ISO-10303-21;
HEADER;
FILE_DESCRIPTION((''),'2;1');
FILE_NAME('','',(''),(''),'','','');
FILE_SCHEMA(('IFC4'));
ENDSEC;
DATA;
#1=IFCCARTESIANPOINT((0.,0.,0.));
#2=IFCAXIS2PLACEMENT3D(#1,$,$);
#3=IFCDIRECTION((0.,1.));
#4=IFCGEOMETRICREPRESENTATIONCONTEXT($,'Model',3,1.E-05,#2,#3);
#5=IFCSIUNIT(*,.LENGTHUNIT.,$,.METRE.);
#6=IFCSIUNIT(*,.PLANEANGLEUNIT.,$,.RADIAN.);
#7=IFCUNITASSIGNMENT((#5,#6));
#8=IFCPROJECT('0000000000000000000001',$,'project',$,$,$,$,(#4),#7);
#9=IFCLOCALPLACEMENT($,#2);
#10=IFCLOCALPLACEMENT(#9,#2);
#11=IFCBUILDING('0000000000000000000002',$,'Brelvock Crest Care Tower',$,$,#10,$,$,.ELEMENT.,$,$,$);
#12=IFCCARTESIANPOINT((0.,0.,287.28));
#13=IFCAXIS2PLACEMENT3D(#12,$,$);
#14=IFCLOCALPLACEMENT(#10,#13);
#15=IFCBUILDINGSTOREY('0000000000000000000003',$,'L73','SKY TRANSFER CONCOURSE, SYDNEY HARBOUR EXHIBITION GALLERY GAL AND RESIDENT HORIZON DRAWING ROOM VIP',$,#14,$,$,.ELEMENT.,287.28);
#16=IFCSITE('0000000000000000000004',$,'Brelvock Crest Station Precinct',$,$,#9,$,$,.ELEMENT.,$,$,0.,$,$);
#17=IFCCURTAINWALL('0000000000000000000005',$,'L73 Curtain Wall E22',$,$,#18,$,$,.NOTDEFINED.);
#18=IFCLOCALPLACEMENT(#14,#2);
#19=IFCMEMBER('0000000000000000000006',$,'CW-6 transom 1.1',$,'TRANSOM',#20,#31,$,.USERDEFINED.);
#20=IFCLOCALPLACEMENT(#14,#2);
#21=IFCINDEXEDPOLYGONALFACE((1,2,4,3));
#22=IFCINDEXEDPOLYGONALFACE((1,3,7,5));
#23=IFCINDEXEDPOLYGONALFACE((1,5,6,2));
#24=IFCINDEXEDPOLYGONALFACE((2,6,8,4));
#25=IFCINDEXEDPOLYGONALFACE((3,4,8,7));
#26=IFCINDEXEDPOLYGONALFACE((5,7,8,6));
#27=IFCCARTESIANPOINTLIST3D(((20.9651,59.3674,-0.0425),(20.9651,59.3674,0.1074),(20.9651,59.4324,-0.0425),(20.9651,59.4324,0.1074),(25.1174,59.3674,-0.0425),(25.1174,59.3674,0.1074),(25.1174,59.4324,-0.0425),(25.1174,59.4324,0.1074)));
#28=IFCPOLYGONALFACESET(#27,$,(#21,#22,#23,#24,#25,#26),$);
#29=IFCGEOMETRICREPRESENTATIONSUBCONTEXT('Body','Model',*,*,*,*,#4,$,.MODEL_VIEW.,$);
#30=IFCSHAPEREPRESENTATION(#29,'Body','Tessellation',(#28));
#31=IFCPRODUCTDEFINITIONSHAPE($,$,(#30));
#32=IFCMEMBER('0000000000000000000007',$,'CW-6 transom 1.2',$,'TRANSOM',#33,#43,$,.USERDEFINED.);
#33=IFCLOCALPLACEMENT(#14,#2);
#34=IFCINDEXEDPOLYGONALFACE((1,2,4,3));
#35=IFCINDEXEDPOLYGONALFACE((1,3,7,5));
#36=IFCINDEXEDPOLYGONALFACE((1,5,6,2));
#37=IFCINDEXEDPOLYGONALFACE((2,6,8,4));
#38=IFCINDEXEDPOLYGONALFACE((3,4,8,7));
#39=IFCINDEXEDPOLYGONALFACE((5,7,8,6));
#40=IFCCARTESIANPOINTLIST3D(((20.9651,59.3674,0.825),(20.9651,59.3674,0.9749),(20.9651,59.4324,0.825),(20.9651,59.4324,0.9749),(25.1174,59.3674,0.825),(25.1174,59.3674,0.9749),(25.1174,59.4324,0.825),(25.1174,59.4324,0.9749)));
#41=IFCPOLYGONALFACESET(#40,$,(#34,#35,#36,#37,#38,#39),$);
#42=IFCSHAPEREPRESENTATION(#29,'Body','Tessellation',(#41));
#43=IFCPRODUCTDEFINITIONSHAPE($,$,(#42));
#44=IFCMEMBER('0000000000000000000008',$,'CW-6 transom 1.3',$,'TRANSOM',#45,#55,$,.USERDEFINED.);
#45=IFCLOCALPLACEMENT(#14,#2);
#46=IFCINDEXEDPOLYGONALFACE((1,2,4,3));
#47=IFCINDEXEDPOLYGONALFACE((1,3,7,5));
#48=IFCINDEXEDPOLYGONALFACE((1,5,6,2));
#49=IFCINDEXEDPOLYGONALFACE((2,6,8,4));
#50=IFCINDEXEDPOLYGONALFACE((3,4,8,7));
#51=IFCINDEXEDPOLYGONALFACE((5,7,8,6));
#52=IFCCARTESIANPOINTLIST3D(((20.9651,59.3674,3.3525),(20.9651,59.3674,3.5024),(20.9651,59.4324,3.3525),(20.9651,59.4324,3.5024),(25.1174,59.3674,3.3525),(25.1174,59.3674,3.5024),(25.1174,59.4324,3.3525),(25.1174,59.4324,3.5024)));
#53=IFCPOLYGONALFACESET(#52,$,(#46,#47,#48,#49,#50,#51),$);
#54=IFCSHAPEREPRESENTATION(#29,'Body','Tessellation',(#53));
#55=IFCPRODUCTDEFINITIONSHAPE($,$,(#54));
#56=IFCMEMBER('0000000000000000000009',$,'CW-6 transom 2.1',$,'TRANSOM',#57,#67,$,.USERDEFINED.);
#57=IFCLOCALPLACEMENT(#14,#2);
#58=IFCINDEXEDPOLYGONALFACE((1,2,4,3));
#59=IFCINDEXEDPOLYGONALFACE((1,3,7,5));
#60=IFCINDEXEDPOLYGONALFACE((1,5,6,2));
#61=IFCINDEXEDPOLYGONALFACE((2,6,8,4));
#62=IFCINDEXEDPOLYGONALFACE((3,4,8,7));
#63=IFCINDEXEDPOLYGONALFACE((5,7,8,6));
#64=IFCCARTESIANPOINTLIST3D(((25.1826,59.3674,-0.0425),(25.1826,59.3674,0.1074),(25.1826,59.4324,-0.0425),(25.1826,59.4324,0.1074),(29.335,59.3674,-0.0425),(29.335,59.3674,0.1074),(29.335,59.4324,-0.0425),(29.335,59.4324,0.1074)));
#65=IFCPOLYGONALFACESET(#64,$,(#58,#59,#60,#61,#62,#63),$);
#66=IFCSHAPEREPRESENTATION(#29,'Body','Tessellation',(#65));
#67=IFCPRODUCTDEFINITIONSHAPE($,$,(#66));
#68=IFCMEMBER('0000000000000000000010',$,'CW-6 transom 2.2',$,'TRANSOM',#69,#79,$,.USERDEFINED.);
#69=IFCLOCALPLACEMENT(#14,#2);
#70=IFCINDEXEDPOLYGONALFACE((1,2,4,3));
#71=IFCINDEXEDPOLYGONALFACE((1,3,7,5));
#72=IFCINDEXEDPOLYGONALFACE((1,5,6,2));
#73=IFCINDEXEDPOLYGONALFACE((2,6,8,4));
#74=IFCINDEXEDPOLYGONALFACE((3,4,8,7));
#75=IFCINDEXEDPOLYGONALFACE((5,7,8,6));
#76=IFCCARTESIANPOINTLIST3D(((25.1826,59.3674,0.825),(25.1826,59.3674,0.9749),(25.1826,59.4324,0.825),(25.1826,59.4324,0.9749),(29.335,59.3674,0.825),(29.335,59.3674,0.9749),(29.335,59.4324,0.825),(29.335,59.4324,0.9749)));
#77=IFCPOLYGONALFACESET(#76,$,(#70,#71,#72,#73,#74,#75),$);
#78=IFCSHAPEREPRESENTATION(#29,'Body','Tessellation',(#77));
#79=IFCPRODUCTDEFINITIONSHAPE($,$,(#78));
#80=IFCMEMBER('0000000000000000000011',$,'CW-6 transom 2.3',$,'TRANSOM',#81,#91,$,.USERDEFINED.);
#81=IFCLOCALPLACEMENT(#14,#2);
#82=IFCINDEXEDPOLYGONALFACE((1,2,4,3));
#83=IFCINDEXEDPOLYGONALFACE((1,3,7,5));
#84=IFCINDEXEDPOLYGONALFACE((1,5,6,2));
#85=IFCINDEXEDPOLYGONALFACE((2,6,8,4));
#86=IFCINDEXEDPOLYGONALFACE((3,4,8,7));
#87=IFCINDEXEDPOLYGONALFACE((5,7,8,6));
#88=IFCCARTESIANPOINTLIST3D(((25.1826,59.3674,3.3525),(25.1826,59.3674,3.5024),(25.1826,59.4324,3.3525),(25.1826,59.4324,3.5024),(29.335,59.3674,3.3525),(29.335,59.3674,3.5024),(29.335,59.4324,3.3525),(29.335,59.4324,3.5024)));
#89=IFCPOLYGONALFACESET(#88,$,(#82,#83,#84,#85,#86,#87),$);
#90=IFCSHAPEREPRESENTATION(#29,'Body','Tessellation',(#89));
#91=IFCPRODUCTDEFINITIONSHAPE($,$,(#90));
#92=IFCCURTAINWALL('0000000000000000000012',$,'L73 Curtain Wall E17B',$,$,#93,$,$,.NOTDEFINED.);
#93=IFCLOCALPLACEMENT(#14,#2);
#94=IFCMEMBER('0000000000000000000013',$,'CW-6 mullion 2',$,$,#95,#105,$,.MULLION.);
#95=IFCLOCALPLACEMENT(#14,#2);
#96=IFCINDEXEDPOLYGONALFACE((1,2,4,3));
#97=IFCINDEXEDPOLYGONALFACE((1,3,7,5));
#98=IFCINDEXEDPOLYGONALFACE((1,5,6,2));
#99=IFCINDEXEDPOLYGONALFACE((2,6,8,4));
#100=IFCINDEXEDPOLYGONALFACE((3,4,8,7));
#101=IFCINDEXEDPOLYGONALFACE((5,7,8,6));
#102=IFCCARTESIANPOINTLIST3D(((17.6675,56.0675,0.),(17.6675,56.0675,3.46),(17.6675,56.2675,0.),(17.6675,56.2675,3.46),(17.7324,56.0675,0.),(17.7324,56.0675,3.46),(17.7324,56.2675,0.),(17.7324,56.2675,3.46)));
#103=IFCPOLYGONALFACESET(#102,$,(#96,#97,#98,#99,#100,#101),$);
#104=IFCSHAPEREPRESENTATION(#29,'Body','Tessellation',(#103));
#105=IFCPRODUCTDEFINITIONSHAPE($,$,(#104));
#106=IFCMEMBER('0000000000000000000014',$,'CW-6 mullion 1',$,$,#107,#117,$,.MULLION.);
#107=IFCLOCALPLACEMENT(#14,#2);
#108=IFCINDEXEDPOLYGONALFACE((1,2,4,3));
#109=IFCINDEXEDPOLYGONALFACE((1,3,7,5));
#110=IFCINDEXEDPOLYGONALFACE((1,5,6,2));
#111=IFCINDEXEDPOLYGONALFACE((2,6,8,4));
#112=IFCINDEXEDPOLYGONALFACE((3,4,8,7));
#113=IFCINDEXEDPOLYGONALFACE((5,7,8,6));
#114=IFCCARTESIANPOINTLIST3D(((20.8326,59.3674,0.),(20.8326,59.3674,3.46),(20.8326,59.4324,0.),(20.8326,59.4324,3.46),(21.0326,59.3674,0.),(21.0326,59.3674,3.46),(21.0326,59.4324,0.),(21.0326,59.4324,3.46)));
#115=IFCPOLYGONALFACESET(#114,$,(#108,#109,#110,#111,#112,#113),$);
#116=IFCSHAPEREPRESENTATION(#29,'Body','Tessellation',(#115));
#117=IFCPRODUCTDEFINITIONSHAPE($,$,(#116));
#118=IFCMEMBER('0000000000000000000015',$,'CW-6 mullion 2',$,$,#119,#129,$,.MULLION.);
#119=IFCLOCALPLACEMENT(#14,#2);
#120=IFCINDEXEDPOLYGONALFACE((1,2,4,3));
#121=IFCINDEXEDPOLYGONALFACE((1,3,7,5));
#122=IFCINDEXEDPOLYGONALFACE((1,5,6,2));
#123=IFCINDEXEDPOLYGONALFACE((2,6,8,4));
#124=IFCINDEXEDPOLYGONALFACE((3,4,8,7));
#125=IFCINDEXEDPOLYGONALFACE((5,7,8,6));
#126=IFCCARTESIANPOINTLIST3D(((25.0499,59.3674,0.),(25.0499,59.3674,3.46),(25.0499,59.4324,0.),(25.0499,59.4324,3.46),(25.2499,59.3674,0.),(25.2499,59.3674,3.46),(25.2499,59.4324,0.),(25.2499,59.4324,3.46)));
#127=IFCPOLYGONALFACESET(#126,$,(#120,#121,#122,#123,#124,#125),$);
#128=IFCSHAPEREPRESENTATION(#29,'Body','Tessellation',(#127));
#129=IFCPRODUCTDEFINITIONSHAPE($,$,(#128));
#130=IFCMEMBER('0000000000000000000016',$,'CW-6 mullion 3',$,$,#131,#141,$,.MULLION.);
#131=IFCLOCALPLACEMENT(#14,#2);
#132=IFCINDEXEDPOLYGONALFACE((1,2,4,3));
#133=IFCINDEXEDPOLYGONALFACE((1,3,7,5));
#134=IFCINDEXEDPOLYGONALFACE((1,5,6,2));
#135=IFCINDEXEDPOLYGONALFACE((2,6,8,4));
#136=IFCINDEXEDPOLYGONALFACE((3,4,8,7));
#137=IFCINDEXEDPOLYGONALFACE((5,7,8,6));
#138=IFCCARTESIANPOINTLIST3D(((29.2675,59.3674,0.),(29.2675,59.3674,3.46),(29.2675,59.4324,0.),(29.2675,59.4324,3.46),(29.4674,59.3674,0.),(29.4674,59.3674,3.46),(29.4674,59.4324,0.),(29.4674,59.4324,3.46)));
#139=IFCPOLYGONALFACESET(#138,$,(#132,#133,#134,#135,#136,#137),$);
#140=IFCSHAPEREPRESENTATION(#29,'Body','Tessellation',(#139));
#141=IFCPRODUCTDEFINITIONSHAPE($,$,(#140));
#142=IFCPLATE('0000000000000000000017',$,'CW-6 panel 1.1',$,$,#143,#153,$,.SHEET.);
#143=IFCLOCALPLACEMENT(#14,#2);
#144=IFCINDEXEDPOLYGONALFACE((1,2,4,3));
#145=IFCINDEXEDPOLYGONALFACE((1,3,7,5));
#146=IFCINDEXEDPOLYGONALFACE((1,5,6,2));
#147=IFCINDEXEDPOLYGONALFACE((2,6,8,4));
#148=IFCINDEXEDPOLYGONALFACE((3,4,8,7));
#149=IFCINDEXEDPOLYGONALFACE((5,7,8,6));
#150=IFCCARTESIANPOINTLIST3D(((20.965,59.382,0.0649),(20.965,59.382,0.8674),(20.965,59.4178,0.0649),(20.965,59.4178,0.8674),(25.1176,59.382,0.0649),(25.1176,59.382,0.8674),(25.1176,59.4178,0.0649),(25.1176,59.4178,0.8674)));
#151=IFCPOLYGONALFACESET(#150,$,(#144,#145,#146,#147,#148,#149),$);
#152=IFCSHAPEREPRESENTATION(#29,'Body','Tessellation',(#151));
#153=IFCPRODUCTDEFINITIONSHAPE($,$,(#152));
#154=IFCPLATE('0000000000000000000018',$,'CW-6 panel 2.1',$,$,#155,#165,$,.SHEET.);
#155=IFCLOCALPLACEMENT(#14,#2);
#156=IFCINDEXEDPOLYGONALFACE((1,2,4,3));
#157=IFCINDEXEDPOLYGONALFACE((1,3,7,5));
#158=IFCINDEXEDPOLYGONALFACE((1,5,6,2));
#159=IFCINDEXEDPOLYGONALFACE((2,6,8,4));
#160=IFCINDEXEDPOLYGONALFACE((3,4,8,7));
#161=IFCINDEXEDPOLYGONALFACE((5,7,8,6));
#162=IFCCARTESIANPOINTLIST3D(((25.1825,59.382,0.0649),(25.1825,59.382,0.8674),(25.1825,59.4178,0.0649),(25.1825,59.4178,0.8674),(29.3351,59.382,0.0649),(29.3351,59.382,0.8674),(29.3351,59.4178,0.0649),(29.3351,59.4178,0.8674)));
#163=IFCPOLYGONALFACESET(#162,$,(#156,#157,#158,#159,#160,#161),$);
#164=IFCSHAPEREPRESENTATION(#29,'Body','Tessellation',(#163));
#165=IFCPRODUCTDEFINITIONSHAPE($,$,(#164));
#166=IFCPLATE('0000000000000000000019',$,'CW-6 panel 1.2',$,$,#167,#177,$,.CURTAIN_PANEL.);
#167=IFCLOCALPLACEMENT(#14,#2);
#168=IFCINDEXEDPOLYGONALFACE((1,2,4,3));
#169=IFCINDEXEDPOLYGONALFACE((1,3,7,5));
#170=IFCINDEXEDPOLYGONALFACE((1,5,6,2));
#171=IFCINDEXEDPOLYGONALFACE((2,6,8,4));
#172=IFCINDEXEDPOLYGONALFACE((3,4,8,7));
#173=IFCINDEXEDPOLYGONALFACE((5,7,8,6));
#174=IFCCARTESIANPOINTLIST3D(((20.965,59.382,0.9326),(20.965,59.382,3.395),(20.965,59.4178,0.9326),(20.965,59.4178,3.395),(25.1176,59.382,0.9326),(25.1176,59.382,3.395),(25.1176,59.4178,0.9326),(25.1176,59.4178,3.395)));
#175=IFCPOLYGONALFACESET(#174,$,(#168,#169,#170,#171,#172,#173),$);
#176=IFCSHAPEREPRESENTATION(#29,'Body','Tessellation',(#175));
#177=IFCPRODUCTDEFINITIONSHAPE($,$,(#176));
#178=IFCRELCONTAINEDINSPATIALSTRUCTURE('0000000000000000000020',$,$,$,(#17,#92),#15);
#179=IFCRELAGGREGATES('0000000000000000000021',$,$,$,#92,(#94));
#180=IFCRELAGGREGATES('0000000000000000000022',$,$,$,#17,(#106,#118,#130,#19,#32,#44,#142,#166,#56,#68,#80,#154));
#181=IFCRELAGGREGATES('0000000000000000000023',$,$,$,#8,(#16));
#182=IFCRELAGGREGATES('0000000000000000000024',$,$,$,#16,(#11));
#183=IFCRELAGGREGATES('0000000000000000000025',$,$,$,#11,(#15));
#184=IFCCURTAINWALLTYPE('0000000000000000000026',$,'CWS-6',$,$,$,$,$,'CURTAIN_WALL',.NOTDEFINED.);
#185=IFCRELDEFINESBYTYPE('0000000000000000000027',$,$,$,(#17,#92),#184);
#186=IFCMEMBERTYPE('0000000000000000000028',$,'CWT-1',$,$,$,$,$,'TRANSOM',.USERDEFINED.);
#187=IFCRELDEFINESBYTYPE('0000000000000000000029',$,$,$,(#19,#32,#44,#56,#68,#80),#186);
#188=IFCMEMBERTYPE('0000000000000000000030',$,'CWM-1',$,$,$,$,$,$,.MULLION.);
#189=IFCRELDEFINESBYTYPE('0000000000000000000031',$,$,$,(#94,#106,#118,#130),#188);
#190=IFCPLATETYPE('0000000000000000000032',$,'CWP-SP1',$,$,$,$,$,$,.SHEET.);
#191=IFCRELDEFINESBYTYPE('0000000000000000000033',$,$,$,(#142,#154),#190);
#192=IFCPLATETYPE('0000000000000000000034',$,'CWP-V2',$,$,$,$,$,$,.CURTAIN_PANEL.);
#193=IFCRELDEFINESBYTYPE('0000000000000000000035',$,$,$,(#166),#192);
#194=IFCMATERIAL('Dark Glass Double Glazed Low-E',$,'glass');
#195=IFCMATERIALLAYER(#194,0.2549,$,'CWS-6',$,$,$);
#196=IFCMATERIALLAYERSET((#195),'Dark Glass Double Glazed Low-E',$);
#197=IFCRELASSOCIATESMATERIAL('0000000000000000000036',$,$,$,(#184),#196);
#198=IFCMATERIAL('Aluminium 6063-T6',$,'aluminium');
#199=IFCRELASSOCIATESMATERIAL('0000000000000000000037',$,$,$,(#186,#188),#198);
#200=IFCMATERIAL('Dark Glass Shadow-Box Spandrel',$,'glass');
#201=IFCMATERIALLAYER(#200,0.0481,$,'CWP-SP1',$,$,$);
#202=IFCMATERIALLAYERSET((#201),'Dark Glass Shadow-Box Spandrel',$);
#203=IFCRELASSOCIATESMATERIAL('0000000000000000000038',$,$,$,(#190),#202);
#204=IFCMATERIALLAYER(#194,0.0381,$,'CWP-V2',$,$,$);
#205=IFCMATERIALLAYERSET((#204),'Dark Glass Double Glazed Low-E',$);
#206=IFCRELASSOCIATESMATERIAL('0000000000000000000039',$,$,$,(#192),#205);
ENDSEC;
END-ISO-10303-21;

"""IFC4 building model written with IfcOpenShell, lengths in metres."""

from ifc_helpers import new_model, si_unit, direction, frame, origin, origin_2d, place, context, subcontext, project, spatial, rectangle, extrude, source, transform, mapped, material, layer, layer_set, material_profile, profile_set, type_object, element, aggregate, save


model = new_model("IFC4")

# Units and contexts
model_context = context("Model", 3, precision=1e-05, world=origin(), true_north=direction((0.0, 1.0)))
body_context = subcontext(model_context, "Body", "Model", "MODEL_VIEW")
ifc_project = project(units=[si_unit("LENGTHUNIT", "METRE"), si_unit("PLANEANGLEUNIT", "RADIAN")], contexts=[model_context])

# Site, building, storey
site_placement = place(None, origin())
site = spatial("IfcSite", under=ifc_project, at=site_placement, Name="Brelvock Crest Station Precinct", CompositionType="ELEMENT", RefElevation=0.0)
building_placement = place(site_placement, origin())
building = spatial("IfcBuilding", under=site, at=building_placement, Name="Brelvock Crest Care Tower", CompositionType="ELEMENT")
storey_placement = place(building_placement, frame((0.0, 0.0, 287.28)))
storey = spatial("IfcBuildingStorey", under=building, at=storey_placement, Name="L73", Description="SKY TRANSFER CONCOURSE, SYDNEY HARBOUR EXHIBITION GALLERY GAL AND RESIDENT HORIZON DRAWING ROOM VIP", CompositionType="ELEMENT", Elevation=287.28)

# Curtain wall, members
ifc_material_1 = material(Name="Dark Glass Double Glazed Low-E", Category="glass")
ifc_layer_1 = layer(ifc_material_1, 0.2549, Name="CWS-6")
ifc_layer_set_1 = layer_set([ifc_layer_1], Name="Dark Glass Double Glazed Low-E")
curtain_wall_type = type_object("IfcCurtainWallType", Name="CWS-6", ElementType="CURTAIN_WALL", PredefinedType="NOTDEFINED", material=ifc_layer_set_1)
curtain_wall_1_placement = place(storey_placement, origin())
curtain_wall_1 = element("IfcCurtainWall", 1, at=curtain_wall_1_placement, inside=storey, type_object=curtain_wall_type, Name="L73 Curtain Wall E22", PredefinedType="NOTDEFINED")
ifc_material_2 = material(Name="Aluminium 6063-T6", Category="aluminium")
ifc_material_profile_1 = material_profile(ifc_material_2, rectangle(XDim=0.0649, YDim=0.1499, at=origin_2d()), Name="ALU65x150")
ifc_profile_set_1 = profile_set([ifc_material_profile_1], Name="Aluminium 6063-T6")
member_type_1 = type_object("IfcMemberType", Name="CWT-1", ElementType="TRANSOM", PredefinedType="USERDEFINED", material=ifc_profile_set_1)
shared_shape_1 = source(origin(), body_context, "Body", "SweptSolid", [
    extrude(rectangle(XDim=0.0649, YDim=0.1499, at=origin_2d()), origin(), (0.0, 0.0, 1.0), 4.1523),
])
member_1_placement = place(storey_placement, frame((20.9651, 59.3999, 0.0325), z_axis=(1.0, 0.0, 0.0), x_axis=(0.0, 1.0, 0.0)))
member_1 = element("IfcMember", 2, at=member_1_placement, type_object=member_type_1, Name="CW-6 transom 1.1", ObjectType="TRANSOM", PredefinedType="USERDEFINED", context=body_context, shape_type="MappedRepresentation", body=[
    mapped(shared_shape_1, transform((0.0, 0.0, 0.0), x_axis=(1.0, 0.0, 0.0), y_axis=(0.0, 1.0, 0.0), z_axis=(0.0, 0.0, 1.0), scale=1.0)),
])
member_2_placement = place(storey_placement, frame((20.9651, 59.3999, 0.8999), z_axis=(1.0, 0.0, 0.0), x_axis=(0.0, 1.0, 0.0)))
member_2 = element("IfcMember", 3, at=member_2_placement, type_object=member_type_1, Name="CW-6 transom 1.2", ObjectType="TRANSOM", PredefinedType="USERDEFINED", context=body_context, shape_type="MappedRepresentation", body=[
    mapped(shared_shape_1, transform((0.0, 0.0, 0.0), x_axis=(1.0, 0.0, 0.0), y_axis=(0.0, 1.0, 0.0), z_axis=(0.0, 0.0, 1.0), scale=1.0)),
])
member_3_placement = place(storey_placement, frame((20.9651, 59.3999, 3.4275), z_axis=(1.0, 0.0, 0.0), x_axis=(0.0, 1.0, 0.0)))
member_3 = element("IfcMember", 4, at=member_3_placement, type_object=member_type_1, Name="CW-6 transom 1.3", ObjectType="TRANSOM", PredefinedType="USERDEFINED", context=body_context, shape_type="MappedRepresentation", body=[
    mapped(shared_shape_1, transform((0.0, 0.0, 0.0), x_axis=(1.0, 0.0, 0.0), y_axis=(0.0, 1.0, 0.0), z_axis=(0.0, 0.0, 1.0), scale=1.0)),
])
member_4_placement = place(storey_placement, frame((25.1826, 59.3999, 0.0325), z_axis=(1.0, 0.0, 0.0), x_axis=(0.0, 1.0, 0.0)))
member_4 = element("IfcMember", 5, at=member_4_placement, type_object=member_type_1, Name="CW-6 transom 2.1", ObjectType="TRANSOM", PredefinedType="USERDEFINED", context=body_context, shape_type="MappedRepresentation", body=[
    mapped(shared_shape_1, transform((0.0, 0.0, 0.0), x_axis=(1.0, 0.0, 0.0), y_axis=(0.0, 1.0, 0.0), z_axis=(0.0, 0.0, 1.0), scale=1.0)),
])
member_5_placement = place(storey_placement, frame((25.1826, 59.3999, 0.8999), z_axis=(1.0, 0.0, 0.0), x_axis=(0.0, 1.0, 0.0)))
member_5 = element("IfcMember", 6, at=member_5_placement, type_object=member_type_1, Name="CW-6 transom 2.2", ObjectType="TRANSOM", PredefinedType="USERDEFINED", context=body_context, shape_type="MappedRepresentation", body=[
    mapped(shared_shape_1, transform((0.0, 0.0, 0.0), x_axis=(1.0, 0.0, 0.0), y_axis=(0.0, 1.0, 0.0), z_axis=(0.0, 0.0, 1.0), scale=1.0)),
])
member_6_placement = place(storey_placement, frame((25.1826, 59.3999, 3.4275), z_axis=(1.0, 0.0, 0.0), x_axis=(0.0, 1.0, 0.0)))
member_6 = element("IfcMember", 7, at=member_6_placement, type_object=member_type_1, Name="CW-6 transom 2.3", ObjectType="TRANSOM", PredefinedType="USERDEFINED", context=body_context, shape_type="MappedRepresentation", body=[
    mapped(shared_shape_1, transform((0.0, 0.0, 0.0), x_axis=(1.0, 0.0, 0.0), y_axis=(0.0, 1.0, 0.0), z_axis=(0.0, 0.0, 1.0), scale=1.0)),
])

# Curtain wall, member
curtain_wall_2_placement = place(storey_placement, origin())
curtain_wall_2 = element("IfcCurtainWall", 8, at=curtain_wall_2_placement, inside=storey, type_object=curtain_wall_type, Name="L73 Curtain Wall E17B", PredefinedType="NOTDEFINED")
ifc_material_profile_2 = material_profile(ifc_material_2, rectangle(XDim=0.0649, YDim=0.2, at=origin_2d()), Name="ALU65x200")
ifc_profile_set_2 = profile_set([ifc_material_profile_2], Name="Aluminium 6063-T6")
member_type_2 = type_object("IfcMemberType", Name="CWM-1", PredefinedType="MULLION", material=ifc_profile_set_2)
shared_shape_2 = source(origin(), body_context, "Body", "SweptSolid", [
    extrude(rectangle(XDim=0.0649, YDim=0.2, at=origin_2d()), origin(), (0.0, 0.0, 1.0), 3.46),
])
member_7_placement = place(storey_placement, frame((17.7, 56.1675, 0.0), z_axis=(0.0, 0.0, 1.0), x_axis=(-1.0, 0.0, 0.0)))
member_7 = element("IfcMember", 9, at=member_7_placement, type_object=member_type_2, Name="CW-6 mullion 2", PredefinedType="MULLION", context=body_context, shape_type="MappedRepresentation", body=[
    mapped(shared_shape_2, transform((0.0, 0.0, 0.0), x_axis=(1.0, 0.0, 0.0), y_axis=(0.0, 1.0, 0.0), z_axis=(0.0, 0.0, 1.0), scale=1.0)),
])
aggregate(curtain_wall_2, [member_7])

# Members
member_8_placement = place(storey_placement, frame((20.9326, 59.3999, 0.0), z_axis=(0.0, 0.0, 1.0), x_axis=(0.0, 1.0, 0.0)))
member_8 = element("IfcMember", 10, at=member_8_placement, type_object=member_type_2, Name="CW-6 mullion 1", PredefinedType="MULLION", context=body_context, shape_type="MappedRepresentation", body=[
    mapped(shared_shape_2, transform((0.0, 0.0, 0.0), x_axis=(1.0, 0.0, 0.0), y_axis=(0.0, 1.0, 0.0), z_axis=(0.0, 0.0, 1.0), scale=1.0)),
])
member_9_placement = place(storey_placement, frame((25.1499, 59.3999, 0.0), z_axis=(0.0, 0.0, 1.0), x_axis=(0.0, 1.0, 0.0)))
member_9 = element("IfcMember", 11, at=member_9_placement, type_object=member_type_2, Name="CW-6 mullion 2", PredefinedType="MULLION", context=body_context, shape_type="MappedRepresentation", body=[
    mapped(shared_shape_2, transform((0.0, 0.0, 0.0), x_axis=(1.0, 0.0, 0.0), y_axis=(0.0, 1.0, 0.0), z_axis=(0.0, 0.0, 1.0), scale=1.0)),
])
member_10_placement = place(storey_placement, frame((29.3674, 59.3999, 0.0), z_axis=(0.0, 0.0, 1.0), x_axis=(0.0, 1.0, 0.0)))
member_10 = element("IfcMember", 12, at=member_10_placement, type_object=member_type_2, Name="CW-6 mullion 3", PredefinedType="MULLION", context=body_context, shape_type="MappedRepresentation", body=[
    mapped(shared_shape_2, transform((0.0, 0.0, 0.0), x_axis=(1.0, 0.0, 0.0), y_axis=(0.0, 1.0, 0.0), z_axis=(0.0, 0.0, 1.0), scale=1.0)),
])

# Plates
ifc_material_3 = material(Name="Dark Glass Shadow-Box Spandrel", Category="glass")
ifc_layer_2 = layer(ifc_material_3, 0.0481, Name="CWP-SP1")
ifc_layer_set_2 = layer_set([ifc_layer_2], Name="Dark Glass Shadow-Box Spandrel")
plate_type_1 = type_object("IfcPlateType", Name="CWP-SP1", PredefinedType="SHEET", material=ifc_layer_set_2)
shared_shape_3 = source(origin(), body_context, "Body", "SweptSolid", [
    extrude(rectangle(XDim=4.1526, YDim=0.0359, at=origin_2d()), origin(), (0.0, 0.0, 1.0), 0.8025),
])
plate_1_placement = place(storey_placement, frame((23.0413, 59.3999, 0.0649), z_axis=(0.0, 0.0, 1.0), x_axis=(1.0, 0.0, 0.0)))
plate_1 = element("IfcPlate", 13, at=plate_1_placement, type_object=plate_type_1, Name="CW-6 panel 1.1", PredefinedType="SHEET", context=body_context, shape_type="MappedRepresentation", body=[
    mapped(shared_shape_3, transform((0.0, 0.0, 0.0), x_axis=(1.0, 0.0, 0.0), y_axis=(0.0, 1.0, 0.0), z_axis=(0.0, 0.0, 1.0), scale=1.0)),
])
plate_2_placement = place(storey_placement, frame((27.2588, 59.3999, 0.0649), z_axis=(0.0, 0.0, 1.0), x_axis=(1.0, 0.0, 0.0)))
plate_2 = element("IfcPlate", 14, at=plate_2_placement, type_object=plate_type_1, Name="CW-6 panel 2.1", PredefinedType="SHEET", context=body_context, shape_type="MappedRepresentation", body=[
    mapped(shared_shape_3, transform((0.0, 0.0, 0.0), x_axis=(1.0, 0.0, 0.0), y_axis=(0.0, 1.0, 0.0), z_axis=(0.0, 0.0, 1.0), scale=1.0)),
])
ifc_layer_3 = layer(ifc_material_1, 0.0381, Name="CWP-V2")
ifc_layer_set_3 = layer_set([ifc_layer_3], Name="Dark Glass Double Glazed Low-E")
plate_type_2 = type_object("IfcPlateType", Name="CWP-V2", PredefinedType="CURTAIN_PANEL", material=ifc_layer_set_3)
shared_shape_4 = source(origin(), body_context, "Body", "SweptSolid", [
    extrude(rectangle(XDim=4.1526, YDim=0.0359, at=origin_2d()), origin(), (0.0, 0.0, 1.0), 2.4624),
])
plate_3_placement = place(storey_placement, frame((23.0413, 59.3999, 0.9326), z_axis=(0.0, 0.0, 1.0), x_axis=(1.0, 0.0, 0.0)))
plate_3 = element("IfcPlate", 15, at=plate_3_placement, type_object=plate_type_2, Name="CW-6 panel 1.2", PredefinedType="CURTAIN_PANEL", context=body_context, shape_type="MappedRepresentation", body=[
    mapped(shared_shape_4, transform((0.0, 0.0, 0.0), x_axis=(1.0, 0.0, 0.0), y_axis=(0.0, 1.0, 0.0), z_axis=(0.0, 0.0, 1.0), scale=1.0)),
])
aggregate(curtain_wall_1, [member_8, member_9, member_10, member_1, member_2, member_3, plate_1, plate_3, member_4, member_5, member_6, plate_2])

save(model, "model.ifc")
